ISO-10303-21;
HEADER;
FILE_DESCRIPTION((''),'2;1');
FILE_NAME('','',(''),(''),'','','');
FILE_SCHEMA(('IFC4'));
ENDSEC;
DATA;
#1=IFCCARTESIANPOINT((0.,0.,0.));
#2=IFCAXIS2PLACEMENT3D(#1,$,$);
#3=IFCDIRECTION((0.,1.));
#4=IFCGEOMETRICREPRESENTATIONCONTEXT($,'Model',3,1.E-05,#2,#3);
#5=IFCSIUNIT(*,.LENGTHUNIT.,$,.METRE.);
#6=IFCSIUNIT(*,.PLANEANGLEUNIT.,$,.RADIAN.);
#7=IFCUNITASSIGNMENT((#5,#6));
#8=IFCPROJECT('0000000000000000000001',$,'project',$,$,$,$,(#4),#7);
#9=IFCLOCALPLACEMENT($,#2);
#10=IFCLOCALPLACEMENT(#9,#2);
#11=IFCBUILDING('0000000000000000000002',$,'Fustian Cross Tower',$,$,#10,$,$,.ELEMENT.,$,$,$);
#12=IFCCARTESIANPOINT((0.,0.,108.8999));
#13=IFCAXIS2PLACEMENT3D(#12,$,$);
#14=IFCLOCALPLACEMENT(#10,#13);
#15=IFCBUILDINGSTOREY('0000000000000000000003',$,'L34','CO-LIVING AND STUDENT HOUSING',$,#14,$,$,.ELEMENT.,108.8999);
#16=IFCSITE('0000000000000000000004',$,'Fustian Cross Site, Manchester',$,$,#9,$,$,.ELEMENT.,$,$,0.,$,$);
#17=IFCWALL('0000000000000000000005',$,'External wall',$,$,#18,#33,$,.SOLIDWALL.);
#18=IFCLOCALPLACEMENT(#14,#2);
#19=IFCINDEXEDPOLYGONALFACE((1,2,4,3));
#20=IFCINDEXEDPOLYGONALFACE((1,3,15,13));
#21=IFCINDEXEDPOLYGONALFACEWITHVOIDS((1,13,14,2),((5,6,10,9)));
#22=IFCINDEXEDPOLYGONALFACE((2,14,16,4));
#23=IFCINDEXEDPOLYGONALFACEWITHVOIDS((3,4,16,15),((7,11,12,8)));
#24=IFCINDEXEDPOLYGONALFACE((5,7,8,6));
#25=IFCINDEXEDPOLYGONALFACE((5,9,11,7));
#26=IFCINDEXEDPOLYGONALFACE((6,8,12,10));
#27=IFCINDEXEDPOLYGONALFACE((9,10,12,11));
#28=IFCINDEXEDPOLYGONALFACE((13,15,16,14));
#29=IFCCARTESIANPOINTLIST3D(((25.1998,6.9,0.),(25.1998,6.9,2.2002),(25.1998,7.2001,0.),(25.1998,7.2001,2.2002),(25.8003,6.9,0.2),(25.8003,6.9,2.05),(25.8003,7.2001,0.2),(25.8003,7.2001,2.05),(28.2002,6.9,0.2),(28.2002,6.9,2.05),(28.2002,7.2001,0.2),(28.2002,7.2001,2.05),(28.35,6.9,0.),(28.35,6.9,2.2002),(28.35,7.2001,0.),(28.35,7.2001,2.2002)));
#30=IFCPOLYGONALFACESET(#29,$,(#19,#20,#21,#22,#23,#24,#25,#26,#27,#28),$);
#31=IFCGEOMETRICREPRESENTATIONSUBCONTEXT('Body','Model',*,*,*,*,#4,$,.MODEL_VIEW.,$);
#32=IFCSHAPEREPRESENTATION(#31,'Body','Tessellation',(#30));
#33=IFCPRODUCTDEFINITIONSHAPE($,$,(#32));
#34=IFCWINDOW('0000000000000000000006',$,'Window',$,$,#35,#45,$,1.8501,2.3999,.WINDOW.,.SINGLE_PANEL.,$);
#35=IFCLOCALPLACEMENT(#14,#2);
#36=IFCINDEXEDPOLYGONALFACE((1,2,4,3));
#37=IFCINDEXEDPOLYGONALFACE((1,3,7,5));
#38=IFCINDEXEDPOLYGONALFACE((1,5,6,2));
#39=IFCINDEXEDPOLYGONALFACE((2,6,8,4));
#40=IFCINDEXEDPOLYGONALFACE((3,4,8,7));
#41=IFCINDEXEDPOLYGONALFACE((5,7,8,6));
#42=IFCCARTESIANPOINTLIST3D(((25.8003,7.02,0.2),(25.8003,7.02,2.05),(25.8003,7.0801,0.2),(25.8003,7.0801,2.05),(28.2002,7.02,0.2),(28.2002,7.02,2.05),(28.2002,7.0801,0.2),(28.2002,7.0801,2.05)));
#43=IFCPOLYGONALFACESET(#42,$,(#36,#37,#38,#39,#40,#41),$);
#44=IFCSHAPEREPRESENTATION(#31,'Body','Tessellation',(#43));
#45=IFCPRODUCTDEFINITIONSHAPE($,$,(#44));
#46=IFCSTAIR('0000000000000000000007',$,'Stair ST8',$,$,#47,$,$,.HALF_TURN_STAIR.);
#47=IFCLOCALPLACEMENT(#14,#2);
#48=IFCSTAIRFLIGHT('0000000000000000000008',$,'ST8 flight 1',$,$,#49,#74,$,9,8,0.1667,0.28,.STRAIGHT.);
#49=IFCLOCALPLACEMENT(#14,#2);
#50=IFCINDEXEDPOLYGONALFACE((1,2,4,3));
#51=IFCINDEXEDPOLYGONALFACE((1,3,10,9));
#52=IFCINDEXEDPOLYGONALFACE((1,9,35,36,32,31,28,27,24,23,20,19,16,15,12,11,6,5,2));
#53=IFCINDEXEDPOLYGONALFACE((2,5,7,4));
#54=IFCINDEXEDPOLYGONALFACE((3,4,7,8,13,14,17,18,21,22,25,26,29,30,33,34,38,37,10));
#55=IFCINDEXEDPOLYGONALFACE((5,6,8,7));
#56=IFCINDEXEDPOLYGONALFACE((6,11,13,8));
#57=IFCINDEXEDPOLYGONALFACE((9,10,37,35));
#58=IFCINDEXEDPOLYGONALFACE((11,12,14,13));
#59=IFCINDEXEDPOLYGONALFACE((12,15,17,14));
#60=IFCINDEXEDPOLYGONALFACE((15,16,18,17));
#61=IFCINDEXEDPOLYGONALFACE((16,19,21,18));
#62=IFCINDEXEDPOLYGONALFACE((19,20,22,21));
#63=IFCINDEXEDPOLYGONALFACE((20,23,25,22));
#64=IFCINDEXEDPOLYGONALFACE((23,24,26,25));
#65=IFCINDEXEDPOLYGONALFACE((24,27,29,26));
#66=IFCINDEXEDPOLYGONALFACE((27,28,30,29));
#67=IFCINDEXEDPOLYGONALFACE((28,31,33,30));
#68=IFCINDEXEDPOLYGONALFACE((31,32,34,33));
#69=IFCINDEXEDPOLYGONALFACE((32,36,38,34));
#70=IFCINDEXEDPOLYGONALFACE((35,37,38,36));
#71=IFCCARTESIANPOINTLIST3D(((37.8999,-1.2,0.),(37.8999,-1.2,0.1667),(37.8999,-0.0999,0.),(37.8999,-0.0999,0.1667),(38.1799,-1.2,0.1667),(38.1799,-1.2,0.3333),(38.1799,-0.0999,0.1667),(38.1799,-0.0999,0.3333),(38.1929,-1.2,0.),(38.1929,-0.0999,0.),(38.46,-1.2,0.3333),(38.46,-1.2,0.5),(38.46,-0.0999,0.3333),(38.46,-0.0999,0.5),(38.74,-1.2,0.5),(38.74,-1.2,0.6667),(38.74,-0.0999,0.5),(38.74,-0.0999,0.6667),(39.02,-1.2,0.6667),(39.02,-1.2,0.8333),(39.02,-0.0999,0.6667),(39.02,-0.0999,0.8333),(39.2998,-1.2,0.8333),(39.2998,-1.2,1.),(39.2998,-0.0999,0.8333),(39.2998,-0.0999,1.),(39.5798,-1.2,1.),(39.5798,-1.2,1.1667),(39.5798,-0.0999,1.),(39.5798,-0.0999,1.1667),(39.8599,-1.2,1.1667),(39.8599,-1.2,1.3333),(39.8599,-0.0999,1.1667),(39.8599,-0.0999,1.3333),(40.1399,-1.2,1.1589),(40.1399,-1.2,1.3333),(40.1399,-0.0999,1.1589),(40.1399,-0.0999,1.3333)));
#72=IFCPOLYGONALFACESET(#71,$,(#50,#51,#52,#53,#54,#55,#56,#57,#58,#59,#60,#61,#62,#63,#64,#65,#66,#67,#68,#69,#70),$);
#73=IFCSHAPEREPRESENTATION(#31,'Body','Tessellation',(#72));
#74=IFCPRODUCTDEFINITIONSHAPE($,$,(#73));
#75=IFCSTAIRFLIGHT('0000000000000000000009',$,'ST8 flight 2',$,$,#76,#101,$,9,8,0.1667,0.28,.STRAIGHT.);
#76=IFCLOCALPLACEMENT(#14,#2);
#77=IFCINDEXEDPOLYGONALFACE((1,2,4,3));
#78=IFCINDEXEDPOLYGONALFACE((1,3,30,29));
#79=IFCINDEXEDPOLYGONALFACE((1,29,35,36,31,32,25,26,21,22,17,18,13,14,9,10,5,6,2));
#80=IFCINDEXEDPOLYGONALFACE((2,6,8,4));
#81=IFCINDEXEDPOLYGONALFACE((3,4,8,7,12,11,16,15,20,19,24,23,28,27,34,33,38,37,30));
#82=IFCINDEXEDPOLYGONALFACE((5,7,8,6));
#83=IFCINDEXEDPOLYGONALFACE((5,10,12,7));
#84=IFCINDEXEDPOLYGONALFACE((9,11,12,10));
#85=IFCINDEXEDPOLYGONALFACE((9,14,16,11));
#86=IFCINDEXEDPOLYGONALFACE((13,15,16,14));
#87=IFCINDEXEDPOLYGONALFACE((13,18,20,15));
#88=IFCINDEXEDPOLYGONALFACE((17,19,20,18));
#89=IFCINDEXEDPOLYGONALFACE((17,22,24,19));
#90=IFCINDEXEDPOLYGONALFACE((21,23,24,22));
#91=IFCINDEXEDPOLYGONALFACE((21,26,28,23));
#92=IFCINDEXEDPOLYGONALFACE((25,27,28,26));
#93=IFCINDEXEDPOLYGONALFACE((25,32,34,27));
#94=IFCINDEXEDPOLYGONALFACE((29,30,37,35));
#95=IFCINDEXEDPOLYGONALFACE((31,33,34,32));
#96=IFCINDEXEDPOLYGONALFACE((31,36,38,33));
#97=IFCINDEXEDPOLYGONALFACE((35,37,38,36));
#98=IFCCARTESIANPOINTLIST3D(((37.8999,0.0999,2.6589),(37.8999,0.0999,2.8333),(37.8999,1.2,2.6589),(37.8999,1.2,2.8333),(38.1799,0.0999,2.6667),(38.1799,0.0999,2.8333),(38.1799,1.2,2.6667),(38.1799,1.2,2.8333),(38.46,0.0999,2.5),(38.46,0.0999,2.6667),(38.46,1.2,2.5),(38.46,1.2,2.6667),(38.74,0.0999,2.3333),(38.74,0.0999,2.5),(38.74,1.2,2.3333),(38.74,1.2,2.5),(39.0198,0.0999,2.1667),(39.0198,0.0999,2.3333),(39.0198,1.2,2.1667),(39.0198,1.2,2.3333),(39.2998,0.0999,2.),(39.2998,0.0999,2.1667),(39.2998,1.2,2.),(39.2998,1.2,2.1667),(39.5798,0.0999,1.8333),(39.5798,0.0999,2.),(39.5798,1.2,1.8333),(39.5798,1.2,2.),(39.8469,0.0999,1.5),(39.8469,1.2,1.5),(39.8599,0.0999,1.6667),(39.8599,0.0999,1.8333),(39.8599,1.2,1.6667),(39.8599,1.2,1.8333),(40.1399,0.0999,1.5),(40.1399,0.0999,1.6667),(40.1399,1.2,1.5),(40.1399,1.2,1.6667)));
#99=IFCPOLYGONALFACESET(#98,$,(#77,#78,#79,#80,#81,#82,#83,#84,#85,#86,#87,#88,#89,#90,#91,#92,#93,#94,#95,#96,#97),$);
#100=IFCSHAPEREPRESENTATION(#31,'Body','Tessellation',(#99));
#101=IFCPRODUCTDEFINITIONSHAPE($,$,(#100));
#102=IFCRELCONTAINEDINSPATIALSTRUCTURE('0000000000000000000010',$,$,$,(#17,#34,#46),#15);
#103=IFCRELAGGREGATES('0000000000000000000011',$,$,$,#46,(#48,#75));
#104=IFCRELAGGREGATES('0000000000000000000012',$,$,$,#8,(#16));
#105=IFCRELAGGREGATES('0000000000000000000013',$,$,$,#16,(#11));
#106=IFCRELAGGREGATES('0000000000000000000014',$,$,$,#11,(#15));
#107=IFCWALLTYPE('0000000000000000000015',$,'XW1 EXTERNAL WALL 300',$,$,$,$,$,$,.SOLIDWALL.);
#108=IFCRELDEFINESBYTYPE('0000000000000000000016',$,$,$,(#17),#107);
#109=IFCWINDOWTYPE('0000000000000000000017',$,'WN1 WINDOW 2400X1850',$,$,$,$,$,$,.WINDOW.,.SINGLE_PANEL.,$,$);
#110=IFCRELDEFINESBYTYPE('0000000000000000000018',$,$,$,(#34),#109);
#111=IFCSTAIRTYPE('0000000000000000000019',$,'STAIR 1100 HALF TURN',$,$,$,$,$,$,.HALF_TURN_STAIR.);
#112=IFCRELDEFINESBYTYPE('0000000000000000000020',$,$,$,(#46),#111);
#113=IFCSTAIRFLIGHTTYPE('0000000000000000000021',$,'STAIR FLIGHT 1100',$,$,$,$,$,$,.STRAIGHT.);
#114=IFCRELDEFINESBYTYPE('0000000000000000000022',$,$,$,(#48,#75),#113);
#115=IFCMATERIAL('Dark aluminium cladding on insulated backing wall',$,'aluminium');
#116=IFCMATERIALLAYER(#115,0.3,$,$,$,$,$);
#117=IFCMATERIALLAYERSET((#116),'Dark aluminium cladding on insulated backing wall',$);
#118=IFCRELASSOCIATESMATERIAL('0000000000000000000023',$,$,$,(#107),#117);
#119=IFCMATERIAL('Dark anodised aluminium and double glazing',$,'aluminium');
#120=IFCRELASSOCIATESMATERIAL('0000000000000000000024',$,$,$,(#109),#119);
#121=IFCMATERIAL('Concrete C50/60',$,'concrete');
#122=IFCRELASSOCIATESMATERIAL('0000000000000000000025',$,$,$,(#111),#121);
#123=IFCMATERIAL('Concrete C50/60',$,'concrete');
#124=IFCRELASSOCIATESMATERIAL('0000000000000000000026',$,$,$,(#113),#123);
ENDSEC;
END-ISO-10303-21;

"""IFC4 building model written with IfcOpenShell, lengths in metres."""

from ifc_helpers import new_model, si_unit, direction, frame, frame_2d, origin, place, context, subcontext, project, spatial, polyline, rectangle, outline, extrude, material, layer, layer_set, type_object, element, fill, aggregate, save


model = new_model("IFC4")

# Units and contexts
model_context = context("Model", 3, precision=1e-05, world=origin(), true_north=direction((0.0, 1.0)))
body_context = subcontext(model_context, "Body", "Model", "MODEL_VIEW")
ifc_project = project(units=[si_unit("LENGTHUNIT", "METRE"), si_unit("PLANEANGLEUNIT", "RADIAN")], contexts=[model_context])

# Site, building, storey
site_placement = place(None, origin())
site = spatial("IfcSite", under=ifc_project, at=site_placement, Name="Fustian Cross Site, Manchester", CompositionType="ELEMENT", RefElevation=0.0)
building_placement = place(site_placement, origin())
building = spatial("IfcBuilding", under=site, at=building_placement, Name="Fustian Cross Tower", CompositionType="ELEMENT")
storey_placement = place(building_placement, frame((0.0, 0.0, 108.8999)))
storey = spatial("IfcBuildingStorey", under=building, at=storey_placement, Name="L34", Description="CO-LIVING AND STUDENT HOUSING", CompositionType="ELEMENT", Elevation=108.8999)

# Shared definitions
ifc_material_1 = material(Name="Dark aluminium cladding on insulated backing wall", Category="aluminium")
ifc_layer_1 = layer(ifc_material_1, 0.3)
ifc_layer_set_1 = layer_set([ifc_layer_1], Name="Dark aluminium cladding on insulated backing wall")
wall_type_1 = type_object("IfcWallType", Name="XW1 EXTERNAL WALL 300", PredefinedType="SOLIDWALL", material=ifc_layer_set_1)

# Shared definitions
ifc_material_2 = material(Name="Dark anodised aluminium and double glazing", Category="aluminium")
window_type_1 = type_object("IfcWindowType", Name="WN1 WINDOW 2400X1850", PartitioningType="SINGLE_PANEL", PredefinedType="WINDOW", material=ifc_material_2)

# Wall, opening, window
wall_1_placement = place(storey_placement, frame((28.3501, 7.05, 0.0), z_axis=(0.0, 0.0, 1.0), x_axis=(-1.0, 0.0, 0.0)))
wall_1 = element("IfcWall", 1, at=wall_1_placement, inside=storey, type_object=wall_type_1, Name="External wall", PredefinedType="SOLIDWALL", context=body_context, shape_type="SweptSolid", body=[
    extrude(rectangle(XDim=3.1501, YDim=0.3, at=frame_2d((1.5752, 0.0))), origin(), (0.0, 0.0, 1.0), 2.2002),
])
opening_1_placement = place(wall_1_placement, frame((0.1499, 0.0, 0.2)))
opening_1 = element("IfcOpeningElement", 2, at=opening_1_placement, cuts=wall_1, PredefinedType="OPENING", context=body_context, shape_type="SweptSolid", body=[
    extrude(rectangle(XDim=2.3999, YDim=1.8501, at=frame_2d((1.2, 0.925))), frame((0.0, 0.1599, 0.0), z_axis=(0.0, -1.0, 0.0), x_axis=(1.0, 0.0, 0.0)), (0.0, 0.0, 1.0), 0.3201),
])
window_1_placement = place(opening_1_placement, origin())
window_1 = element("IfcWindow", 3, at=window_1_placement, inside=storey, type_object=window_type_1, Name="Window", OverallHeight=1.8501, OverallWidth=2.3999, PartitioningType="SINGLE_PANEL", PredefinedType="WINDOW", context=body_context, shape_type="SweptSolid", body=[
    extrude(rectangle(XDim=2.3999, YDim=1.8501, at=frame_2d((1.2, 0.925))), frame((0.0, 0.03, 0.0), z_axis=(0.0, -1.0, 0.0), x_axis=(1.0, 0.0, 0.0)), (0.0, 0.0, 1.0), 0.0601),
])
fill(opening_1, window_1)

# Stair, stair flights
ifc_material_3 = material(Name="Concrete C50/60", Category="concrete")
stair_type = type_object("IfcStairType", Name="STAIR 1100 HALF TURN", PredefinedType="HALF_TURN_STAIR", material=ifc_material_3)
stair_placement = place(storey_placement, origin())
stair = element("IfcStair", 4, at=stair_placement, inside=storey, type_object=stair_type, Name="Stair ST8", PredefinedType="HALF_TURN_STAIR")
ifc_material_4 = material(Name="Concrete C50/60", Category="concrete")
stair_flight_type = type_object("IfcStairFlightType", Name="STAIR FLIGHT 1100", PredefinedType="STRAIGHT", material=ifc_material_4)
stair_flight_1_placement = place(storey_placement, frame((37.8999, -0.6499, 0.0), z_axis=(0.0, 0.0, 1.0), x_axis=(1.0, 0.0, 0.0)))
stair_flight_1 = element("IfcStairFlight", 5, at=stair_flight_1_placement, type_object=stair_flight_type, Name="ST8 flight 1", NumberOfRisers=9, NumberOfTreads=8, PredefinedType="STRAIGHT", RiserHeight=0.1667, TreadLength=0.28, context=body_context, shape_type="SweptSolid", body=[
    extrude(outline(polyline([(0.0, 0.0), (0.0, 0.1667), (0.28, 0.1667), (0.28, 0.3333), (0.5601, 0.3333), (0.5601, 0.5), (0.8401, 0.5), (0.8401, 0.6667), (1.1201, 0.6667), (1.1201, 0.8333), (1.3999, 0.8333), (1.3999, 1.0), (1.6799, 1.0), (1.6799, 1.1667), (1.96, 1.1667), (1.96, 1.3333), (2.24, 1.3333), (2.24, 1.5), (2.24, 1.1589), (0.293, 0.0), (0.0, 0.0)])), frame((0.0, 0.55, 0.0), z_axis=(0.0, -1.0, 0.0), x_axis=(1.0, 0.0, 0.0)), (0.0, 0.0, 1.0), 1.1001),
])
stair_flight_2_placement = place(storey_placement, frame((40.1399, 0.6499, 1.5), z_axis=(0.0, 0.0, 1.0), x_axis=(-1.0, 0.0, 0.0)))
stair_flight_2 = element("IfcStairFlight", 6, at=stair_flight_2_placement, type_object=stair_flight_type, Name="ST8 flight 2", NumberOfRisers=9, NumberOfTreads=8, PredefinedType="STRAIGHT", RiserHeight=0.1667, TreadLength=0.28, context=body_context, shape_type="SweptSolid", body=[
    extrude(outline(polyline([(0.0, 0.0), (0.0, 0.1667), (0.28, 0.1667), (0.28, 0.3333), (0.5601, 0.3333), (0.5601, 0.5), (0.8401, 0.5), (0.8401, 0.6667), (1.1201, 0.6667), (1.1201, 0.8333), (1.3999, 0.8333), (1.3999, 1.0), (1.6799, 1.0), (1.6799, 1.1667), (1.96, 1.1667), (1.96, 1.3333), (2.24, 1.3333), (2.24, 1.5), (2.24, 1.1589), (0.293, 0.0), (0.0, 0.0)])), frame((0.0, 0.55, 0.0), z_axis=(0.0, -1.0, 0.0), x_axis=(1.0, 0.0, 0.0)), (0.0, 0.0, 1.0), 1.1001),
])
aggregate(stair, [stair_flight_1, stair_flight_2])

save(model, "model.ifc")
